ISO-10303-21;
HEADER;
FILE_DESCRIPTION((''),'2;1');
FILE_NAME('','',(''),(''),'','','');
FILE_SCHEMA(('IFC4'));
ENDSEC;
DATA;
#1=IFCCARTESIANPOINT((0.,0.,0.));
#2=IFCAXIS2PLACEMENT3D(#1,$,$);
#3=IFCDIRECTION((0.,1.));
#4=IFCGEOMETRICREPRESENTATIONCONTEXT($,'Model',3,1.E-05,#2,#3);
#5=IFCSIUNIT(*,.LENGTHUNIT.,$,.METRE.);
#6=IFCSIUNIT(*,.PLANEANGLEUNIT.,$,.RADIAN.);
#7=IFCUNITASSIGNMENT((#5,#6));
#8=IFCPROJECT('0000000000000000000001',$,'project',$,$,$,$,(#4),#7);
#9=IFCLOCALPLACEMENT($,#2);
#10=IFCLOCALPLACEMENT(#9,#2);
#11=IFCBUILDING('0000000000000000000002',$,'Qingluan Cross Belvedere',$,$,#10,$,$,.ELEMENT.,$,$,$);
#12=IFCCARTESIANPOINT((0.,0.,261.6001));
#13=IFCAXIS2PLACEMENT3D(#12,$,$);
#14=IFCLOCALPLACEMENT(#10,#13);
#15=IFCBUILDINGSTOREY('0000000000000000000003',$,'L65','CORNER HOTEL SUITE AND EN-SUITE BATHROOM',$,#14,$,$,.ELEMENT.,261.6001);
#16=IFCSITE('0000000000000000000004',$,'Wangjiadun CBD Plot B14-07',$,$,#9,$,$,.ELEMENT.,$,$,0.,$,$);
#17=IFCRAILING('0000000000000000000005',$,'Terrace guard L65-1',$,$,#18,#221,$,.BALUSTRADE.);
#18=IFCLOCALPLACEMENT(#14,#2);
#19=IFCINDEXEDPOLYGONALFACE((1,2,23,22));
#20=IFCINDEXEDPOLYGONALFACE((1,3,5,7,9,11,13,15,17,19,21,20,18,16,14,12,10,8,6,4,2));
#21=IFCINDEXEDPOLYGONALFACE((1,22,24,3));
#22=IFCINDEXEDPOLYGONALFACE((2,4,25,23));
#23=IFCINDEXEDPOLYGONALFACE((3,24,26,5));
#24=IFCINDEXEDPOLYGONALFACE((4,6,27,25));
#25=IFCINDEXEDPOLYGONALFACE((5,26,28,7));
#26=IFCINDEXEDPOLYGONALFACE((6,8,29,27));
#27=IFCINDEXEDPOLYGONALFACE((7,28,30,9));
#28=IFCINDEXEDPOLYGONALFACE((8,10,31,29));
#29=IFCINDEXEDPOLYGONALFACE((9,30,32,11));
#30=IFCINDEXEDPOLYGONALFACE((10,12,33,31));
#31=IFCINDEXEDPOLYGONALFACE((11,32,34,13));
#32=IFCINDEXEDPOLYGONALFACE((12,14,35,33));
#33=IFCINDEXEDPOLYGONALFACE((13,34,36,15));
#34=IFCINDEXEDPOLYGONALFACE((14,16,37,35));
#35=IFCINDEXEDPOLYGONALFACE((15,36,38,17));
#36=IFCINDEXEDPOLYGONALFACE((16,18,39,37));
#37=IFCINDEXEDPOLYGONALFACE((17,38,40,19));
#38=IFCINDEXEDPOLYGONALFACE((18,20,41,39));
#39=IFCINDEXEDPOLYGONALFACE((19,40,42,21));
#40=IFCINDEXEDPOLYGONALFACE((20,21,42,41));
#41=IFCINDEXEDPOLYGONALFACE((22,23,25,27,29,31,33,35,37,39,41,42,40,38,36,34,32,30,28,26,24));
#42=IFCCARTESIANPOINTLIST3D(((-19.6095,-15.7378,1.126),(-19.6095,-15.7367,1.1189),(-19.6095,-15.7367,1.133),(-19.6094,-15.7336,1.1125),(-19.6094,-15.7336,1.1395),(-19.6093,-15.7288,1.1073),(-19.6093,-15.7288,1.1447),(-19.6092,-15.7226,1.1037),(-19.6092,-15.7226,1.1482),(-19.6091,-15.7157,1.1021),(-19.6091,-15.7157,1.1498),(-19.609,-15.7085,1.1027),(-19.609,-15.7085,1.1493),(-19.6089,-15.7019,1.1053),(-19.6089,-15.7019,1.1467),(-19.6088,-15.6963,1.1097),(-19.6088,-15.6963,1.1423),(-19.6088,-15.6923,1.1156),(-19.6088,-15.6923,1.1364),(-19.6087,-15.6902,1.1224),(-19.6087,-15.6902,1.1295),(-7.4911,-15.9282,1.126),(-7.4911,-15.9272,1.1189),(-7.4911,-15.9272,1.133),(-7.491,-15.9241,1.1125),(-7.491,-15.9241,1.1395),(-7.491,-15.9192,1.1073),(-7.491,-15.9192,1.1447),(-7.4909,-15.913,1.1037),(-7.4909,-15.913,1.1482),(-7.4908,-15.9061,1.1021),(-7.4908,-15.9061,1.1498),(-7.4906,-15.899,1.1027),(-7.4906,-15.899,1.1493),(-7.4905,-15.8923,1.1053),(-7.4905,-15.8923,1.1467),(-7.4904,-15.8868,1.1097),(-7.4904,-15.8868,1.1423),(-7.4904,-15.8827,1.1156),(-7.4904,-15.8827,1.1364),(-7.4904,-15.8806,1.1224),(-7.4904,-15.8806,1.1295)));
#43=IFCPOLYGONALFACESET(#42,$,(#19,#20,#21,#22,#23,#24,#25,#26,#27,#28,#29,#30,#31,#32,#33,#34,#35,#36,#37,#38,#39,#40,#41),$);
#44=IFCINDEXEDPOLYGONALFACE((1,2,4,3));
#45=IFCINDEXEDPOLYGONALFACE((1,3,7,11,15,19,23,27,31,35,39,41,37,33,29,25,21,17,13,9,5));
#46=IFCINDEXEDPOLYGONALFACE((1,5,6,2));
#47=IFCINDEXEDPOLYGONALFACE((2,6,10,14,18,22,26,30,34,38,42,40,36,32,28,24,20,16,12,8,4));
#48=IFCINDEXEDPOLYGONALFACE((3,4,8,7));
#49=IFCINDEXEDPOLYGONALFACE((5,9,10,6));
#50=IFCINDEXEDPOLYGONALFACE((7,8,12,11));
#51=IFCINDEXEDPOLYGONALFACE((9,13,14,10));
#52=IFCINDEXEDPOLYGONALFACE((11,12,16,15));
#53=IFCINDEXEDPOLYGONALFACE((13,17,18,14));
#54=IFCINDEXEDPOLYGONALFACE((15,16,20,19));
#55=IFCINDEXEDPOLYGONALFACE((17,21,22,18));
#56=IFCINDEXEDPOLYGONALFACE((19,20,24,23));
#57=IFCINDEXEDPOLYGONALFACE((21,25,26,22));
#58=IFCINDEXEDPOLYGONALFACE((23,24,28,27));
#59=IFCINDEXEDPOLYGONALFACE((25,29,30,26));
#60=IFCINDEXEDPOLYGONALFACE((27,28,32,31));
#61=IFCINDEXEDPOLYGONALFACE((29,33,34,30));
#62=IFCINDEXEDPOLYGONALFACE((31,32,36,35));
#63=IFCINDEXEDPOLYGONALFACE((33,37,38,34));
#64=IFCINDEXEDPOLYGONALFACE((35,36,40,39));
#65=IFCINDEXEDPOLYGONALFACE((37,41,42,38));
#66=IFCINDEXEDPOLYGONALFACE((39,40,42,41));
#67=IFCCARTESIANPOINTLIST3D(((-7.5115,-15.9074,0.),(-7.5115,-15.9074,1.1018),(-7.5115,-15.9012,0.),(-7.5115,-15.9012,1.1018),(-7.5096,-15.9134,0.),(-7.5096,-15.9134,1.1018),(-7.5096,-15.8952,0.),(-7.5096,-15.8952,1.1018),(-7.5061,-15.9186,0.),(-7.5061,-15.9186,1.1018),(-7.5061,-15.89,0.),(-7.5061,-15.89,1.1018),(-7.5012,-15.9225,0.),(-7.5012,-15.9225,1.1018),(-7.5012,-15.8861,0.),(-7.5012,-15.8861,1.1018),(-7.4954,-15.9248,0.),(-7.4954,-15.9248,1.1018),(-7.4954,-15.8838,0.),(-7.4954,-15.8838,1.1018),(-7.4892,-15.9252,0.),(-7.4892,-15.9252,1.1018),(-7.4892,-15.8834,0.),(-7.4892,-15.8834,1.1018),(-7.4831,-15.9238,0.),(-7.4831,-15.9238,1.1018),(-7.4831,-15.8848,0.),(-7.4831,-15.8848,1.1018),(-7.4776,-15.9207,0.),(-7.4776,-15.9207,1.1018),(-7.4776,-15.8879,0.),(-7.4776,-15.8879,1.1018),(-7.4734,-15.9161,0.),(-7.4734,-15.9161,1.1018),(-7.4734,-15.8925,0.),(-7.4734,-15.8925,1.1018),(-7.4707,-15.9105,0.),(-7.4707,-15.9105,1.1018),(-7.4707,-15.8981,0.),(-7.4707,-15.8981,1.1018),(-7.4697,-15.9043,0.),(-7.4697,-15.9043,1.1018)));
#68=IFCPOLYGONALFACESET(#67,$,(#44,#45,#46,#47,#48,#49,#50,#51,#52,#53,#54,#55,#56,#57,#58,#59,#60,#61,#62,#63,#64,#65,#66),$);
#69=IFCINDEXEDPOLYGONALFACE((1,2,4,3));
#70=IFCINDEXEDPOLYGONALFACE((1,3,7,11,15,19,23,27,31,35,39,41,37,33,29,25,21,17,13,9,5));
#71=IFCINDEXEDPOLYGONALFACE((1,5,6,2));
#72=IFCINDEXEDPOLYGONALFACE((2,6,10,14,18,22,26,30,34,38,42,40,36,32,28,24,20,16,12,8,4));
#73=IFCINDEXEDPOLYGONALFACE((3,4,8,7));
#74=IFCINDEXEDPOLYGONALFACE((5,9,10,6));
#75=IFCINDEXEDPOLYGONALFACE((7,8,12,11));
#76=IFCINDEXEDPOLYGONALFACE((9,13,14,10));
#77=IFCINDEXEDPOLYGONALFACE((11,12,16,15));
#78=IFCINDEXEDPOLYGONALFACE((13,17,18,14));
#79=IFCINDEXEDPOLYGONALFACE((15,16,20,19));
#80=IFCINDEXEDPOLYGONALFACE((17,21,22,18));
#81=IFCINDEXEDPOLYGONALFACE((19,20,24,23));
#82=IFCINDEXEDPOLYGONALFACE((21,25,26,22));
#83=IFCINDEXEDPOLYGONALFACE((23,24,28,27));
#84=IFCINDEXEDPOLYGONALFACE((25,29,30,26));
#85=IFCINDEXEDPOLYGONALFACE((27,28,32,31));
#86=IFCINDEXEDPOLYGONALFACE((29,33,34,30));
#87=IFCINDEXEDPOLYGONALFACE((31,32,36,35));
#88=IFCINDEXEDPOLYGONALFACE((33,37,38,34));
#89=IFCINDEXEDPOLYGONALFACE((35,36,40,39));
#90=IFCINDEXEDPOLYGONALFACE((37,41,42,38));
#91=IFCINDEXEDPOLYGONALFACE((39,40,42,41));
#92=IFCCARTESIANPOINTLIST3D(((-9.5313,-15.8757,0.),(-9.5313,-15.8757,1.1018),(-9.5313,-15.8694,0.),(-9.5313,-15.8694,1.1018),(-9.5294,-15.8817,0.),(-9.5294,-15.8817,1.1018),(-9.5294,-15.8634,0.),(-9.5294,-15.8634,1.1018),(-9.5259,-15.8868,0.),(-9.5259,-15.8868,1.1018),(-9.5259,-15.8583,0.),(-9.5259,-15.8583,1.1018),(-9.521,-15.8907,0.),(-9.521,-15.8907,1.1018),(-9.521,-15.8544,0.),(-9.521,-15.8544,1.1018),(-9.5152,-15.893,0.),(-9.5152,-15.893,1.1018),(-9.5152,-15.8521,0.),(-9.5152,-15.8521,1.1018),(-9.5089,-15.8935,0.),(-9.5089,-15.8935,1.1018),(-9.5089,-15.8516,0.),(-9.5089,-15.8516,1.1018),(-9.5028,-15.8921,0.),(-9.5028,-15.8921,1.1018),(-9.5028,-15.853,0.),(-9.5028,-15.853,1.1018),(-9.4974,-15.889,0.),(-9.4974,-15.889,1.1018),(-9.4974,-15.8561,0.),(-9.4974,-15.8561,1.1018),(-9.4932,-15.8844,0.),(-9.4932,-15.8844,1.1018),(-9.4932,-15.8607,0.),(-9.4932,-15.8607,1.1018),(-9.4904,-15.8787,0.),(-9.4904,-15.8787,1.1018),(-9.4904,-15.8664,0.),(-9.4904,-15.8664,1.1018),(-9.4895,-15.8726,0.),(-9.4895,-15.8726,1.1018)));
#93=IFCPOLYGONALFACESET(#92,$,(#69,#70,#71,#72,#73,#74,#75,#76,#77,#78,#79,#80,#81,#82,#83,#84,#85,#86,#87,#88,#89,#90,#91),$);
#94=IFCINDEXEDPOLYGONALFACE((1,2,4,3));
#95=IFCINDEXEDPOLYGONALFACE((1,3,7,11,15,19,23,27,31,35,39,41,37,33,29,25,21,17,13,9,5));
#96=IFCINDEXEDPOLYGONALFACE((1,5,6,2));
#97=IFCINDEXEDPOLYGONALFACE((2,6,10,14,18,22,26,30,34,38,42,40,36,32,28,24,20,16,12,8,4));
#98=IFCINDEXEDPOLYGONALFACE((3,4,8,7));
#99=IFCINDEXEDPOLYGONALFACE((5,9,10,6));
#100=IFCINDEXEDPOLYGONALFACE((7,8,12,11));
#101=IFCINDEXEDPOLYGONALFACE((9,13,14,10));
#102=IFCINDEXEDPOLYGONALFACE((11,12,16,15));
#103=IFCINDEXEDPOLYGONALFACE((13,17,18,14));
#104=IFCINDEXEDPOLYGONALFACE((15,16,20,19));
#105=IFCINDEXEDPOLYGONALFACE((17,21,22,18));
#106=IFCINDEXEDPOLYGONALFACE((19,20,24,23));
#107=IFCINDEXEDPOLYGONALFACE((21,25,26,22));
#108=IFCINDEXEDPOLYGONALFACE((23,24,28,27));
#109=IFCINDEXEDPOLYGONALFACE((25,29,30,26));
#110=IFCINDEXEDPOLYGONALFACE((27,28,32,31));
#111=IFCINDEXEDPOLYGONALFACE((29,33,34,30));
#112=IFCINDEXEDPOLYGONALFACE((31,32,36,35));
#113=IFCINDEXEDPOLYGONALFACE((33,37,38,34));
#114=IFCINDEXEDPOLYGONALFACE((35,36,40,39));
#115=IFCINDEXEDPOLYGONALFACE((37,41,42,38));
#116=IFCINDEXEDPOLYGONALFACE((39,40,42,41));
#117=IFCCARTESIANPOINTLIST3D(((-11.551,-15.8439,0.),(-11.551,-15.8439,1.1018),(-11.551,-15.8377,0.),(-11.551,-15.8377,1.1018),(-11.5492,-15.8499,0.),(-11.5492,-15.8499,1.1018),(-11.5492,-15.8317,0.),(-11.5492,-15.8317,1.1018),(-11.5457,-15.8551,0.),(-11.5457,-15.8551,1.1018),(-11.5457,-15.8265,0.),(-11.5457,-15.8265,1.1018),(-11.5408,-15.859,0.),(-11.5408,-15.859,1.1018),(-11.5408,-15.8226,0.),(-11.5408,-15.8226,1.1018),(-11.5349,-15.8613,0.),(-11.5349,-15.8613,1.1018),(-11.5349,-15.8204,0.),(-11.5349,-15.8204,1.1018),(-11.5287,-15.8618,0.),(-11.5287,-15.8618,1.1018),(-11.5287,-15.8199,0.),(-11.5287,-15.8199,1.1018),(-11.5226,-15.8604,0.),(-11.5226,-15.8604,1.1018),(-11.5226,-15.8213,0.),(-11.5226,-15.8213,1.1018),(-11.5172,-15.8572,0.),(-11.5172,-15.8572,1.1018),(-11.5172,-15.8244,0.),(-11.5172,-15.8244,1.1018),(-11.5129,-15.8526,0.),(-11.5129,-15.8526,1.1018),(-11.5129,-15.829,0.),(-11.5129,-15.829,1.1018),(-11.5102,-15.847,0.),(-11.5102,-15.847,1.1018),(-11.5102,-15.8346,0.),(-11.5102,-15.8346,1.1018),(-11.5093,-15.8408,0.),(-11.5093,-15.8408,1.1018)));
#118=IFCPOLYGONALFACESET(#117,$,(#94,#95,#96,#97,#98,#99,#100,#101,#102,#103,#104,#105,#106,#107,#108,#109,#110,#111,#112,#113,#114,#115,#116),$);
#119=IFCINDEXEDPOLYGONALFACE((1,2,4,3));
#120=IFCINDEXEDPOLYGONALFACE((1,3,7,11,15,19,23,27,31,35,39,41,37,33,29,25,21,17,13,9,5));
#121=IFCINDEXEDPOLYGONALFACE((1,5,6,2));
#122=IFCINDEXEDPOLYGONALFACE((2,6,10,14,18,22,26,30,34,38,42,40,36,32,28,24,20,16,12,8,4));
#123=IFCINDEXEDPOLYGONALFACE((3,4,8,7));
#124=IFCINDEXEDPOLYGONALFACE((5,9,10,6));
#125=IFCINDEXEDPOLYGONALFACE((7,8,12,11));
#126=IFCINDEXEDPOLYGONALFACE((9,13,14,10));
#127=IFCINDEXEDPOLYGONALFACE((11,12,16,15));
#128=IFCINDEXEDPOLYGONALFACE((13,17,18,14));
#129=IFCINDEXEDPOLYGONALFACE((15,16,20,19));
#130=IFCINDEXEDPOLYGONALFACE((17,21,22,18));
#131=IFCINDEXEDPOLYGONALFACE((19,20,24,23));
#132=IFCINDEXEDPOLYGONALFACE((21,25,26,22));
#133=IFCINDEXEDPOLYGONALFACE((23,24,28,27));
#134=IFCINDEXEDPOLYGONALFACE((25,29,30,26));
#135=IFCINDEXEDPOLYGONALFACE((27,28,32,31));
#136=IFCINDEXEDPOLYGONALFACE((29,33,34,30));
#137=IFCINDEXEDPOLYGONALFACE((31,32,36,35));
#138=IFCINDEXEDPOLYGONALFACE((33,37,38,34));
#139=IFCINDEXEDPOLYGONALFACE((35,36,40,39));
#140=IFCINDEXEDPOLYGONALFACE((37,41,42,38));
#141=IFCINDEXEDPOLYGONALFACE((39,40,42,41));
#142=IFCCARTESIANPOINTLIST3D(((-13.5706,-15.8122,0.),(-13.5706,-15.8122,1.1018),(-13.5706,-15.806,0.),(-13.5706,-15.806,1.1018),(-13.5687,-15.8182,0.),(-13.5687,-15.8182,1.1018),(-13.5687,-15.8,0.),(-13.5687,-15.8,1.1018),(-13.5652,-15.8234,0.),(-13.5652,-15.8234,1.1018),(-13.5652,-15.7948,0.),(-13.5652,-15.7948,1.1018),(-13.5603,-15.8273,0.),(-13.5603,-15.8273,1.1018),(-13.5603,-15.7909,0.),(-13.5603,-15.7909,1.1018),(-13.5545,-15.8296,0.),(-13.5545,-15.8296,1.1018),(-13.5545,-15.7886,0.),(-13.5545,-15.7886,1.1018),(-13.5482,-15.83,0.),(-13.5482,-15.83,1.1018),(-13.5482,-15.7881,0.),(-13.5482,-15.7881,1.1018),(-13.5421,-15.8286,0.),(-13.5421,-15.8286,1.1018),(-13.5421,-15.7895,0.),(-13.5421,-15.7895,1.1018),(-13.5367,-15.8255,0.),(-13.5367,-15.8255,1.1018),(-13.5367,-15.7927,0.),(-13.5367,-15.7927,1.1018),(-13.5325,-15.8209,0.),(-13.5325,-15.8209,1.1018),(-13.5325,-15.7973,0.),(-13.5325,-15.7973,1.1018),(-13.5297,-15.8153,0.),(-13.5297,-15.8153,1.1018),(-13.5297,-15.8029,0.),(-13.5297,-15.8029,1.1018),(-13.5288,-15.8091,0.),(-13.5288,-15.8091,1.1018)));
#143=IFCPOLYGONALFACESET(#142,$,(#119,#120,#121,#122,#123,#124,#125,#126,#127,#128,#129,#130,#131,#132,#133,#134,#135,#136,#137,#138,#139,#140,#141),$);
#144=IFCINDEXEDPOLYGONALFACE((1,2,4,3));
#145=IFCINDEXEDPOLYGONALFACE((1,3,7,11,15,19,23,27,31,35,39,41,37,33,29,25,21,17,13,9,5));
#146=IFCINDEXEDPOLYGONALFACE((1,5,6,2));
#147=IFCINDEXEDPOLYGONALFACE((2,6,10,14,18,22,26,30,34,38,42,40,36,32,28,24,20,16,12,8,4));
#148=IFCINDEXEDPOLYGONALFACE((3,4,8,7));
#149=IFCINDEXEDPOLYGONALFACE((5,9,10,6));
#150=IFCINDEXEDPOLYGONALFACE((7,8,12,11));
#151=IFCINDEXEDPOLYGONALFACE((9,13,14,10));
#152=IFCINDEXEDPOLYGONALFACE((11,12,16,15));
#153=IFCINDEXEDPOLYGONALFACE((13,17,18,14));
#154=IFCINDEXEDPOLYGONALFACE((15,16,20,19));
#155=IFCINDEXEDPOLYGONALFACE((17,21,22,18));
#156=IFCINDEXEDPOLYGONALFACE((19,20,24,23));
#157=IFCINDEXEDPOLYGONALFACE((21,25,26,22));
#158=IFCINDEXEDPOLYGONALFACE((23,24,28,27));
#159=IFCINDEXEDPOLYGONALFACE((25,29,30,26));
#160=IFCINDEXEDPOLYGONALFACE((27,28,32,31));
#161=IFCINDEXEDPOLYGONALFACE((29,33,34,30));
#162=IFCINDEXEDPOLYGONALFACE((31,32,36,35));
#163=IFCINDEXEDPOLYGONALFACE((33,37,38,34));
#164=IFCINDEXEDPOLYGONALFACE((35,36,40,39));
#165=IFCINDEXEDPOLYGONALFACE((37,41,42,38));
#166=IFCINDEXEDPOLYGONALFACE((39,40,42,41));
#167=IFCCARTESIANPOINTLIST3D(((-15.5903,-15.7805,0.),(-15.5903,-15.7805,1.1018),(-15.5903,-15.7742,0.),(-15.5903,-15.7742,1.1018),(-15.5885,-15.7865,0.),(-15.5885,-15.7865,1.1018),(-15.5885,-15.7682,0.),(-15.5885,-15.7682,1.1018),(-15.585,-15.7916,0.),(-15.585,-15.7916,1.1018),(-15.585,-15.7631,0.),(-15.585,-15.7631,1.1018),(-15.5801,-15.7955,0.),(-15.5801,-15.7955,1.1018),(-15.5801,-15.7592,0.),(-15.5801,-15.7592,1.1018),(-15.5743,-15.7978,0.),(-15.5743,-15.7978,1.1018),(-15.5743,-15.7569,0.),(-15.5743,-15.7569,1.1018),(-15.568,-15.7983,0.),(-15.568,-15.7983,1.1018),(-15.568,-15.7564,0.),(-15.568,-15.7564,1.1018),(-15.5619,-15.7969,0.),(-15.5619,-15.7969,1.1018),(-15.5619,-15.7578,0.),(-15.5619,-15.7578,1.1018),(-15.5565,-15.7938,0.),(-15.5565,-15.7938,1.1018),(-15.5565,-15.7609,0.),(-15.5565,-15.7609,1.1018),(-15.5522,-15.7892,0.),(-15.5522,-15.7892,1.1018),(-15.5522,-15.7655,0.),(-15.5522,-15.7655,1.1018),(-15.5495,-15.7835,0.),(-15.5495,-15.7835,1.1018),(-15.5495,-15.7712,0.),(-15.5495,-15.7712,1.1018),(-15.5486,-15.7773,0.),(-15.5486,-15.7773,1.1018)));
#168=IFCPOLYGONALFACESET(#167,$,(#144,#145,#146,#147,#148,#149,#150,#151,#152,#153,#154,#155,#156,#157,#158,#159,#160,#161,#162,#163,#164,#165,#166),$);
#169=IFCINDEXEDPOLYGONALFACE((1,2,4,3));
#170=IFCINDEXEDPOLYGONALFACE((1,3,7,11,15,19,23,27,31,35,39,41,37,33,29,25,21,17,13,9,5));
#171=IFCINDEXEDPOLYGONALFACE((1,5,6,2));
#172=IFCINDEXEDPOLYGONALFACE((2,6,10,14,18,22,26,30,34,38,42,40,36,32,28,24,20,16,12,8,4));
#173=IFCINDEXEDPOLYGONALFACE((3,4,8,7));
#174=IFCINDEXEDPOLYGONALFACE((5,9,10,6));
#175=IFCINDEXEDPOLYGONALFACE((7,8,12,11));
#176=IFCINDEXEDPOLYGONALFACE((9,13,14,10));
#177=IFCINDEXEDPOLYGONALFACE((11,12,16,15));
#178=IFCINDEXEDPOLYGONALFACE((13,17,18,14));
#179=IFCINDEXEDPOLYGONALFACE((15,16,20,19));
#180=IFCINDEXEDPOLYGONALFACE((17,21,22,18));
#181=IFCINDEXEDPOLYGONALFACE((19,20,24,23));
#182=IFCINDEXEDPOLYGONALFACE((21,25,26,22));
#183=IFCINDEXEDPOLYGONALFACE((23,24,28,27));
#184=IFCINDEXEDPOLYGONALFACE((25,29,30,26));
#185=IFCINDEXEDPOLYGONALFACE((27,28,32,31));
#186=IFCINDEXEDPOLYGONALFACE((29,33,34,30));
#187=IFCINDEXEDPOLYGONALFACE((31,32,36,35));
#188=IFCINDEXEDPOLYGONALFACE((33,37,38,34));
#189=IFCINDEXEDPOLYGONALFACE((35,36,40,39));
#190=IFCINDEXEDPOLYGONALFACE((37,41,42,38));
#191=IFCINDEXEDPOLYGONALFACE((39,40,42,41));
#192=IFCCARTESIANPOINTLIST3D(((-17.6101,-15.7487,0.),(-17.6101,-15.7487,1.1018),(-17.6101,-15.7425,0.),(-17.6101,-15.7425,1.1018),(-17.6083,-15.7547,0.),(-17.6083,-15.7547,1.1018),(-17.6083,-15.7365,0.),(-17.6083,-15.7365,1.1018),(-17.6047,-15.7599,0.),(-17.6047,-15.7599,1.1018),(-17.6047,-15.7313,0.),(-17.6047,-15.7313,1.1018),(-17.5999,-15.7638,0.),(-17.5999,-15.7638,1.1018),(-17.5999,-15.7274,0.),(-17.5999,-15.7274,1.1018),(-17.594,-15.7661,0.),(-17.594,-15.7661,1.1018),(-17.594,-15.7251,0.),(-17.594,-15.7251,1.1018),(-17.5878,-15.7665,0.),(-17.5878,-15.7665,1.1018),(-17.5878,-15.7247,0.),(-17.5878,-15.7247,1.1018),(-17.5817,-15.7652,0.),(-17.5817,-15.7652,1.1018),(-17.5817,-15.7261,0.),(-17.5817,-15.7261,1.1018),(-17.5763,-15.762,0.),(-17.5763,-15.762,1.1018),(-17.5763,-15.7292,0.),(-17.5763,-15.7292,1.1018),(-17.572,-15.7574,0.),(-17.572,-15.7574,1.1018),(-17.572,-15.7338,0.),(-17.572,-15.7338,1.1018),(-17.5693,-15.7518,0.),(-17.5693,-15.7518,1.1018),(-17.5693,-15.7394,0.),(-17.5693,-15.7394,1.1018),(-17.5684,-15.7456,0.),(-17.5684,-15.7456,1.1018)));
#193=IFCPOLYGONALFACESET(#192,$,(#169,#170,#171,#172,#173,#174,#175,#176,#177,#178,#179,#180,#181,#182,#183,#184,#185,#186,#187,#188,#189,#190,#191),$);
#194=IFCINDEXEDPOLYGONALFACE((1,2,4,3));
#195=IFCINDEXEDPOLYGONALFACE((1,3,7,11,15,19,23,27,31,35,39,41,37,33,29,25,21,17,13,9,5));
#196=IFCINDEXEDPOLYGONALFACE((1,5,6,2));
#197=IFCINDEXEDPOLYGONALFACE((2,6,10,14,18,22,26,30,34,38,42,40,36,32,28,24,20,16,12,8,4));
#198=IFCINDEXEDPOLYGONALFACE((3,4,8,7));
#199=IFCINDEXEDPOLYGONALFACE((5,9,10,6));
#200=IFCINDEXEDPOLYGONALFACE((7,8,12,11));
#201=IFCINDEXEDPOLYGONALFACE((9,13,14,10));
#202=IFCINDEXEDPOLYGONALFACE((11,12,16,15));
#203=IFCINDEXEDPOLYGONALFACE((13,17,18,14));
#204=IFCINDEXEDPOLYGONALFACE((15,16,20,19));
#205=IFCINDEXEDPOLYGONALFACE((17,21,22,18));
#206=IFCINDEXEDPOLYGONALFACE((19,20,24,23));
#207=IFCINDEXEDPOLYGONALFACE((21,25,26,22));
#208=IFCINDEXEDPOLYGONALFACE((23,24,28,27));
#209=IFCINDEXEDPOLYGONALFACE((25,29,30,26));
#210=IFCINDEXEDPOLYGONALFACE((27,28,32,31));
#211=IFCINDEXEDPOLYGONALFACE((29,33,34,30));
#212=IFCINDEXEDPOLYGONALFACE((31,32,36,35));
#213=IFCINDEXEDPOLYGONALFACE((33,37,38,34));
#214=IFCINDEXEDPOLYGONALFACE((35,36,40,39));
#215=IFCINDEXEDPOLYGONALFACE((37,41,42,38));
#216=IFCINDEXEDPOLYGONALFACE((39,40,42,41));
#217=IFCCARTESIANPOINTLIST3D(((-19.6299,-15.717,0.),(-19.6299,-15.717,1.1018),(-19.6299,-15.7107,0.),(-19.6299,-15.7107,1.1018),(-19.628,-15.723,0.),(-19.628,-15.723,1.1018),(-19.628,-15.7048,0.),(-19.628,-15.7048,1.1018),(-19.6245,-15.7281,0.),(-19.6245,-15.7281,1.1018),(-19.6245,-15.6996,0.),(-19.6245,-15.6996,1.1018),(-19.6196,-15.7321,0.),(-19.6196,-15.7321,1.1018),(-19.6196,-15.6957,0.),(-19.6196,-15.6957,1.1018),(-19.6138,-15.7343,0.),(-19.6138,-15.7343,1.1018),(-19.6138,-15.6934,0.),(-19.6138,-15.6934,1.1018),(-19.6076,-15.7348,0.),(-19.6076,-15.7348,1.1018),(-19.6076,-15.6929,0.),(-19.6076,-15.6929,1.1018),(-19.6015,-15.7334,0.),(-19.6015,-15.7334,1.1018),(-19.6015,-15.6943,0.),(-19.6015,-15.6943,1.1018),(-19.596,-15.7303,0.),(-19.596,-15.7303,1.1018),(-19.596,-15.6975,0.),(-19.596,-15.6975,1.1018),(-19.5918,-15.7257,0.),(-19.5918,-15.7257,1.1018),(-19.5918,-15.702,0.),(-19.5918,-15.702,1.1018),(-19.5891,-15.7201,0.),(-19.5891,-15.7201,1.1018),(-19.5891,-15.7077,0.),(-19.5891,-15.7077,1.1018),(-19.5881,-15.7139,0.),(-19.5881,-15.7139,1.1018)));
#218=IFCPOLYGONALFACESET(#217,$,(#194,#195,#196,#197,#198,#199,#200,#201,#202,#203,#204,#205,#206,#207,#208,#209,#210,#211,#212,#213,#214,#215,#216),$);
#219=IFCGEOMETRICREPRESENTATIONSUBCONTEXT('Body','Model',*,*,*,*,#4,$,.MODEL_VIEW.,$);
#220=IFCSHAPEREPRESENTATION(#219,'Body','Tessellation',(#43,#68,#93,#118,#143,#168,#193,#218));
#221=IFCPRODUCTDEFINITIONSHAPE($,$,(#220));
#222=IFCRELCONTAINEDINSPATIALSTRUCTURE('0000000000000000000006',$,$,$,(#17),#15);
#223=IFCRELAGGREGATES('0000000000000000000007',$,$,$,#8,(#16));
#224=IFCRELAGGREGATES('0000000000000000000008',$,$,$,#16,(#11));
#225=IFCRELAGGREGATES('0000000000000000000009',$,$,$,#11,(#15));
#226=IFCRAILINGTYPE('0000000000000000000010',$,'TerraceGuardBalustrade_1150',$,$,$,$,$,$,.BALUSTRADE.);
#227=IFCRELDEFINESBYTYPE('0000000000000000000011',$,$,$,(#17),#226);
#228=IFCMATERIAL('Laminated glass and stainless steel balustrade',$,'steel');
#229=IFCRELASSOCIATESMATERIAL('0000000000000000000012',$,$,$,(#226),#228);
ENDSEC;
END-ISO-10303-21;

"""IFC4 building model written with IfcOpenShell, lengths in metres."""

from ifc_helpers import new_model, si_unit, direction, frame, origin, origin_2d, place, context, subcontext, project, spatial, circle, extrude, material, type_object, element, save


model = new_model("IFC4")

# Units and contexts
model_context = context("Model", 3, precision=1e-05, world=origin(), true_north=direction((0.0, 1.0)))
body_context = subcontext(model_context, "Body", "Model", "MODEL_VIEW")
ifc_project = project(units=[si_unit("LENGTHUNIT", "METRE"), si_unit("PLANEANGLEUNIT", "RADIAN")], contexts=[model_context])

# Site, building, storey
site_placement = place(None, origin())
site = spatial("IfcSite", under=ifc_project, at=site_placement, Name="Wangjiadun CBD Plot B14-07", CompositionType="ELEMENT", RefElevation=0.0)
building_placement = place(site_placement, origin())
building = spatial("IfcBuilding", under=site, at=building_placement, Name="Qingluan Cross Belvedere", CompositionType="ELEMENT")
storey_placement = place(building_placement, frame((0.0, 0.0, 261.6001)))
storey = spatial("IfcBuildingStorey", under=building, at=storey_placement, Name="L65", Description="CORNER HOTEL SUITE AND EN-SUITE BATHROOM", CompositionType="ELEMENT", Elevation=261.6001)

# Railing
ifc_material_1 = material(Name="Laminated glass and stainless steel balustrade", Category="steel")
railing_type = type_object("IfcRailingType", Name="TerraceGuardBalustrade_1150", PredefinedType="BALUSTRADE", material=ifc_material_1)
railing_1_placement = place(storey_placement, frame((-7.4907, -15.9043, 0.0)))
element("IfcRailing", 1, at=railing_1_placement, inside=storey, type_object=railing_type, Name="Terrace guard L65-1", PredefinedType="BALUSTRADE", context=body_context, shape_type="SweptSolid", body=[
    extrude(circle(Radius=0.0239, at=origin_2d()), frame((0.0, 0.0, 1.126), z_axis=(-0.999877, 0.015712, 0.0), x_axis=(-0.015712, -0.999877, 0.0)), (0.0, 0.0, 1.0), 12.1199),
    extrude(circle(Radius=0.021, at=origin_2d()), origin(), (0.0, 0.0, 1.0), 1.1018),
    extrude(circle(Radius=0.021, at=origin_2d()), frame((-2.0198, 0.0317, 0.0)), (0.0, 0.0, 1.0), 1.1018),
    extrude(circle(Radius=0.021, at=origin_2d()), frame((-4.0396, 0.0635, 0.0)), (0.0, 0.0, 1.0), 1.1018),
    extrude(circle(Radius=0.021, at=origin_2d()), frame((-6.0591, 0.0952, 0.0)), (0.0, 0.0, 1.0), 1.1018),
    extrude(circle(Radius=0.021, at=origin_2d()), frame((-8.0789, 0.127, 0.0)), (0.0, 0.0, 1.0), 1.1018),
    extrude(circle(Radius=0.021, at=origin_2d()), frame((-10.0986, 0.1587, 0.0)), (0.0, 0.0, 1.0), 1.1018),
    extrude(circle(Radius=0.021, at=origin_2d()), frame((-12.1184, 0.1904, 0.0)), (0.0, 0.0, 1.0), 1.1018),
])

save(model, "model.ifc")
